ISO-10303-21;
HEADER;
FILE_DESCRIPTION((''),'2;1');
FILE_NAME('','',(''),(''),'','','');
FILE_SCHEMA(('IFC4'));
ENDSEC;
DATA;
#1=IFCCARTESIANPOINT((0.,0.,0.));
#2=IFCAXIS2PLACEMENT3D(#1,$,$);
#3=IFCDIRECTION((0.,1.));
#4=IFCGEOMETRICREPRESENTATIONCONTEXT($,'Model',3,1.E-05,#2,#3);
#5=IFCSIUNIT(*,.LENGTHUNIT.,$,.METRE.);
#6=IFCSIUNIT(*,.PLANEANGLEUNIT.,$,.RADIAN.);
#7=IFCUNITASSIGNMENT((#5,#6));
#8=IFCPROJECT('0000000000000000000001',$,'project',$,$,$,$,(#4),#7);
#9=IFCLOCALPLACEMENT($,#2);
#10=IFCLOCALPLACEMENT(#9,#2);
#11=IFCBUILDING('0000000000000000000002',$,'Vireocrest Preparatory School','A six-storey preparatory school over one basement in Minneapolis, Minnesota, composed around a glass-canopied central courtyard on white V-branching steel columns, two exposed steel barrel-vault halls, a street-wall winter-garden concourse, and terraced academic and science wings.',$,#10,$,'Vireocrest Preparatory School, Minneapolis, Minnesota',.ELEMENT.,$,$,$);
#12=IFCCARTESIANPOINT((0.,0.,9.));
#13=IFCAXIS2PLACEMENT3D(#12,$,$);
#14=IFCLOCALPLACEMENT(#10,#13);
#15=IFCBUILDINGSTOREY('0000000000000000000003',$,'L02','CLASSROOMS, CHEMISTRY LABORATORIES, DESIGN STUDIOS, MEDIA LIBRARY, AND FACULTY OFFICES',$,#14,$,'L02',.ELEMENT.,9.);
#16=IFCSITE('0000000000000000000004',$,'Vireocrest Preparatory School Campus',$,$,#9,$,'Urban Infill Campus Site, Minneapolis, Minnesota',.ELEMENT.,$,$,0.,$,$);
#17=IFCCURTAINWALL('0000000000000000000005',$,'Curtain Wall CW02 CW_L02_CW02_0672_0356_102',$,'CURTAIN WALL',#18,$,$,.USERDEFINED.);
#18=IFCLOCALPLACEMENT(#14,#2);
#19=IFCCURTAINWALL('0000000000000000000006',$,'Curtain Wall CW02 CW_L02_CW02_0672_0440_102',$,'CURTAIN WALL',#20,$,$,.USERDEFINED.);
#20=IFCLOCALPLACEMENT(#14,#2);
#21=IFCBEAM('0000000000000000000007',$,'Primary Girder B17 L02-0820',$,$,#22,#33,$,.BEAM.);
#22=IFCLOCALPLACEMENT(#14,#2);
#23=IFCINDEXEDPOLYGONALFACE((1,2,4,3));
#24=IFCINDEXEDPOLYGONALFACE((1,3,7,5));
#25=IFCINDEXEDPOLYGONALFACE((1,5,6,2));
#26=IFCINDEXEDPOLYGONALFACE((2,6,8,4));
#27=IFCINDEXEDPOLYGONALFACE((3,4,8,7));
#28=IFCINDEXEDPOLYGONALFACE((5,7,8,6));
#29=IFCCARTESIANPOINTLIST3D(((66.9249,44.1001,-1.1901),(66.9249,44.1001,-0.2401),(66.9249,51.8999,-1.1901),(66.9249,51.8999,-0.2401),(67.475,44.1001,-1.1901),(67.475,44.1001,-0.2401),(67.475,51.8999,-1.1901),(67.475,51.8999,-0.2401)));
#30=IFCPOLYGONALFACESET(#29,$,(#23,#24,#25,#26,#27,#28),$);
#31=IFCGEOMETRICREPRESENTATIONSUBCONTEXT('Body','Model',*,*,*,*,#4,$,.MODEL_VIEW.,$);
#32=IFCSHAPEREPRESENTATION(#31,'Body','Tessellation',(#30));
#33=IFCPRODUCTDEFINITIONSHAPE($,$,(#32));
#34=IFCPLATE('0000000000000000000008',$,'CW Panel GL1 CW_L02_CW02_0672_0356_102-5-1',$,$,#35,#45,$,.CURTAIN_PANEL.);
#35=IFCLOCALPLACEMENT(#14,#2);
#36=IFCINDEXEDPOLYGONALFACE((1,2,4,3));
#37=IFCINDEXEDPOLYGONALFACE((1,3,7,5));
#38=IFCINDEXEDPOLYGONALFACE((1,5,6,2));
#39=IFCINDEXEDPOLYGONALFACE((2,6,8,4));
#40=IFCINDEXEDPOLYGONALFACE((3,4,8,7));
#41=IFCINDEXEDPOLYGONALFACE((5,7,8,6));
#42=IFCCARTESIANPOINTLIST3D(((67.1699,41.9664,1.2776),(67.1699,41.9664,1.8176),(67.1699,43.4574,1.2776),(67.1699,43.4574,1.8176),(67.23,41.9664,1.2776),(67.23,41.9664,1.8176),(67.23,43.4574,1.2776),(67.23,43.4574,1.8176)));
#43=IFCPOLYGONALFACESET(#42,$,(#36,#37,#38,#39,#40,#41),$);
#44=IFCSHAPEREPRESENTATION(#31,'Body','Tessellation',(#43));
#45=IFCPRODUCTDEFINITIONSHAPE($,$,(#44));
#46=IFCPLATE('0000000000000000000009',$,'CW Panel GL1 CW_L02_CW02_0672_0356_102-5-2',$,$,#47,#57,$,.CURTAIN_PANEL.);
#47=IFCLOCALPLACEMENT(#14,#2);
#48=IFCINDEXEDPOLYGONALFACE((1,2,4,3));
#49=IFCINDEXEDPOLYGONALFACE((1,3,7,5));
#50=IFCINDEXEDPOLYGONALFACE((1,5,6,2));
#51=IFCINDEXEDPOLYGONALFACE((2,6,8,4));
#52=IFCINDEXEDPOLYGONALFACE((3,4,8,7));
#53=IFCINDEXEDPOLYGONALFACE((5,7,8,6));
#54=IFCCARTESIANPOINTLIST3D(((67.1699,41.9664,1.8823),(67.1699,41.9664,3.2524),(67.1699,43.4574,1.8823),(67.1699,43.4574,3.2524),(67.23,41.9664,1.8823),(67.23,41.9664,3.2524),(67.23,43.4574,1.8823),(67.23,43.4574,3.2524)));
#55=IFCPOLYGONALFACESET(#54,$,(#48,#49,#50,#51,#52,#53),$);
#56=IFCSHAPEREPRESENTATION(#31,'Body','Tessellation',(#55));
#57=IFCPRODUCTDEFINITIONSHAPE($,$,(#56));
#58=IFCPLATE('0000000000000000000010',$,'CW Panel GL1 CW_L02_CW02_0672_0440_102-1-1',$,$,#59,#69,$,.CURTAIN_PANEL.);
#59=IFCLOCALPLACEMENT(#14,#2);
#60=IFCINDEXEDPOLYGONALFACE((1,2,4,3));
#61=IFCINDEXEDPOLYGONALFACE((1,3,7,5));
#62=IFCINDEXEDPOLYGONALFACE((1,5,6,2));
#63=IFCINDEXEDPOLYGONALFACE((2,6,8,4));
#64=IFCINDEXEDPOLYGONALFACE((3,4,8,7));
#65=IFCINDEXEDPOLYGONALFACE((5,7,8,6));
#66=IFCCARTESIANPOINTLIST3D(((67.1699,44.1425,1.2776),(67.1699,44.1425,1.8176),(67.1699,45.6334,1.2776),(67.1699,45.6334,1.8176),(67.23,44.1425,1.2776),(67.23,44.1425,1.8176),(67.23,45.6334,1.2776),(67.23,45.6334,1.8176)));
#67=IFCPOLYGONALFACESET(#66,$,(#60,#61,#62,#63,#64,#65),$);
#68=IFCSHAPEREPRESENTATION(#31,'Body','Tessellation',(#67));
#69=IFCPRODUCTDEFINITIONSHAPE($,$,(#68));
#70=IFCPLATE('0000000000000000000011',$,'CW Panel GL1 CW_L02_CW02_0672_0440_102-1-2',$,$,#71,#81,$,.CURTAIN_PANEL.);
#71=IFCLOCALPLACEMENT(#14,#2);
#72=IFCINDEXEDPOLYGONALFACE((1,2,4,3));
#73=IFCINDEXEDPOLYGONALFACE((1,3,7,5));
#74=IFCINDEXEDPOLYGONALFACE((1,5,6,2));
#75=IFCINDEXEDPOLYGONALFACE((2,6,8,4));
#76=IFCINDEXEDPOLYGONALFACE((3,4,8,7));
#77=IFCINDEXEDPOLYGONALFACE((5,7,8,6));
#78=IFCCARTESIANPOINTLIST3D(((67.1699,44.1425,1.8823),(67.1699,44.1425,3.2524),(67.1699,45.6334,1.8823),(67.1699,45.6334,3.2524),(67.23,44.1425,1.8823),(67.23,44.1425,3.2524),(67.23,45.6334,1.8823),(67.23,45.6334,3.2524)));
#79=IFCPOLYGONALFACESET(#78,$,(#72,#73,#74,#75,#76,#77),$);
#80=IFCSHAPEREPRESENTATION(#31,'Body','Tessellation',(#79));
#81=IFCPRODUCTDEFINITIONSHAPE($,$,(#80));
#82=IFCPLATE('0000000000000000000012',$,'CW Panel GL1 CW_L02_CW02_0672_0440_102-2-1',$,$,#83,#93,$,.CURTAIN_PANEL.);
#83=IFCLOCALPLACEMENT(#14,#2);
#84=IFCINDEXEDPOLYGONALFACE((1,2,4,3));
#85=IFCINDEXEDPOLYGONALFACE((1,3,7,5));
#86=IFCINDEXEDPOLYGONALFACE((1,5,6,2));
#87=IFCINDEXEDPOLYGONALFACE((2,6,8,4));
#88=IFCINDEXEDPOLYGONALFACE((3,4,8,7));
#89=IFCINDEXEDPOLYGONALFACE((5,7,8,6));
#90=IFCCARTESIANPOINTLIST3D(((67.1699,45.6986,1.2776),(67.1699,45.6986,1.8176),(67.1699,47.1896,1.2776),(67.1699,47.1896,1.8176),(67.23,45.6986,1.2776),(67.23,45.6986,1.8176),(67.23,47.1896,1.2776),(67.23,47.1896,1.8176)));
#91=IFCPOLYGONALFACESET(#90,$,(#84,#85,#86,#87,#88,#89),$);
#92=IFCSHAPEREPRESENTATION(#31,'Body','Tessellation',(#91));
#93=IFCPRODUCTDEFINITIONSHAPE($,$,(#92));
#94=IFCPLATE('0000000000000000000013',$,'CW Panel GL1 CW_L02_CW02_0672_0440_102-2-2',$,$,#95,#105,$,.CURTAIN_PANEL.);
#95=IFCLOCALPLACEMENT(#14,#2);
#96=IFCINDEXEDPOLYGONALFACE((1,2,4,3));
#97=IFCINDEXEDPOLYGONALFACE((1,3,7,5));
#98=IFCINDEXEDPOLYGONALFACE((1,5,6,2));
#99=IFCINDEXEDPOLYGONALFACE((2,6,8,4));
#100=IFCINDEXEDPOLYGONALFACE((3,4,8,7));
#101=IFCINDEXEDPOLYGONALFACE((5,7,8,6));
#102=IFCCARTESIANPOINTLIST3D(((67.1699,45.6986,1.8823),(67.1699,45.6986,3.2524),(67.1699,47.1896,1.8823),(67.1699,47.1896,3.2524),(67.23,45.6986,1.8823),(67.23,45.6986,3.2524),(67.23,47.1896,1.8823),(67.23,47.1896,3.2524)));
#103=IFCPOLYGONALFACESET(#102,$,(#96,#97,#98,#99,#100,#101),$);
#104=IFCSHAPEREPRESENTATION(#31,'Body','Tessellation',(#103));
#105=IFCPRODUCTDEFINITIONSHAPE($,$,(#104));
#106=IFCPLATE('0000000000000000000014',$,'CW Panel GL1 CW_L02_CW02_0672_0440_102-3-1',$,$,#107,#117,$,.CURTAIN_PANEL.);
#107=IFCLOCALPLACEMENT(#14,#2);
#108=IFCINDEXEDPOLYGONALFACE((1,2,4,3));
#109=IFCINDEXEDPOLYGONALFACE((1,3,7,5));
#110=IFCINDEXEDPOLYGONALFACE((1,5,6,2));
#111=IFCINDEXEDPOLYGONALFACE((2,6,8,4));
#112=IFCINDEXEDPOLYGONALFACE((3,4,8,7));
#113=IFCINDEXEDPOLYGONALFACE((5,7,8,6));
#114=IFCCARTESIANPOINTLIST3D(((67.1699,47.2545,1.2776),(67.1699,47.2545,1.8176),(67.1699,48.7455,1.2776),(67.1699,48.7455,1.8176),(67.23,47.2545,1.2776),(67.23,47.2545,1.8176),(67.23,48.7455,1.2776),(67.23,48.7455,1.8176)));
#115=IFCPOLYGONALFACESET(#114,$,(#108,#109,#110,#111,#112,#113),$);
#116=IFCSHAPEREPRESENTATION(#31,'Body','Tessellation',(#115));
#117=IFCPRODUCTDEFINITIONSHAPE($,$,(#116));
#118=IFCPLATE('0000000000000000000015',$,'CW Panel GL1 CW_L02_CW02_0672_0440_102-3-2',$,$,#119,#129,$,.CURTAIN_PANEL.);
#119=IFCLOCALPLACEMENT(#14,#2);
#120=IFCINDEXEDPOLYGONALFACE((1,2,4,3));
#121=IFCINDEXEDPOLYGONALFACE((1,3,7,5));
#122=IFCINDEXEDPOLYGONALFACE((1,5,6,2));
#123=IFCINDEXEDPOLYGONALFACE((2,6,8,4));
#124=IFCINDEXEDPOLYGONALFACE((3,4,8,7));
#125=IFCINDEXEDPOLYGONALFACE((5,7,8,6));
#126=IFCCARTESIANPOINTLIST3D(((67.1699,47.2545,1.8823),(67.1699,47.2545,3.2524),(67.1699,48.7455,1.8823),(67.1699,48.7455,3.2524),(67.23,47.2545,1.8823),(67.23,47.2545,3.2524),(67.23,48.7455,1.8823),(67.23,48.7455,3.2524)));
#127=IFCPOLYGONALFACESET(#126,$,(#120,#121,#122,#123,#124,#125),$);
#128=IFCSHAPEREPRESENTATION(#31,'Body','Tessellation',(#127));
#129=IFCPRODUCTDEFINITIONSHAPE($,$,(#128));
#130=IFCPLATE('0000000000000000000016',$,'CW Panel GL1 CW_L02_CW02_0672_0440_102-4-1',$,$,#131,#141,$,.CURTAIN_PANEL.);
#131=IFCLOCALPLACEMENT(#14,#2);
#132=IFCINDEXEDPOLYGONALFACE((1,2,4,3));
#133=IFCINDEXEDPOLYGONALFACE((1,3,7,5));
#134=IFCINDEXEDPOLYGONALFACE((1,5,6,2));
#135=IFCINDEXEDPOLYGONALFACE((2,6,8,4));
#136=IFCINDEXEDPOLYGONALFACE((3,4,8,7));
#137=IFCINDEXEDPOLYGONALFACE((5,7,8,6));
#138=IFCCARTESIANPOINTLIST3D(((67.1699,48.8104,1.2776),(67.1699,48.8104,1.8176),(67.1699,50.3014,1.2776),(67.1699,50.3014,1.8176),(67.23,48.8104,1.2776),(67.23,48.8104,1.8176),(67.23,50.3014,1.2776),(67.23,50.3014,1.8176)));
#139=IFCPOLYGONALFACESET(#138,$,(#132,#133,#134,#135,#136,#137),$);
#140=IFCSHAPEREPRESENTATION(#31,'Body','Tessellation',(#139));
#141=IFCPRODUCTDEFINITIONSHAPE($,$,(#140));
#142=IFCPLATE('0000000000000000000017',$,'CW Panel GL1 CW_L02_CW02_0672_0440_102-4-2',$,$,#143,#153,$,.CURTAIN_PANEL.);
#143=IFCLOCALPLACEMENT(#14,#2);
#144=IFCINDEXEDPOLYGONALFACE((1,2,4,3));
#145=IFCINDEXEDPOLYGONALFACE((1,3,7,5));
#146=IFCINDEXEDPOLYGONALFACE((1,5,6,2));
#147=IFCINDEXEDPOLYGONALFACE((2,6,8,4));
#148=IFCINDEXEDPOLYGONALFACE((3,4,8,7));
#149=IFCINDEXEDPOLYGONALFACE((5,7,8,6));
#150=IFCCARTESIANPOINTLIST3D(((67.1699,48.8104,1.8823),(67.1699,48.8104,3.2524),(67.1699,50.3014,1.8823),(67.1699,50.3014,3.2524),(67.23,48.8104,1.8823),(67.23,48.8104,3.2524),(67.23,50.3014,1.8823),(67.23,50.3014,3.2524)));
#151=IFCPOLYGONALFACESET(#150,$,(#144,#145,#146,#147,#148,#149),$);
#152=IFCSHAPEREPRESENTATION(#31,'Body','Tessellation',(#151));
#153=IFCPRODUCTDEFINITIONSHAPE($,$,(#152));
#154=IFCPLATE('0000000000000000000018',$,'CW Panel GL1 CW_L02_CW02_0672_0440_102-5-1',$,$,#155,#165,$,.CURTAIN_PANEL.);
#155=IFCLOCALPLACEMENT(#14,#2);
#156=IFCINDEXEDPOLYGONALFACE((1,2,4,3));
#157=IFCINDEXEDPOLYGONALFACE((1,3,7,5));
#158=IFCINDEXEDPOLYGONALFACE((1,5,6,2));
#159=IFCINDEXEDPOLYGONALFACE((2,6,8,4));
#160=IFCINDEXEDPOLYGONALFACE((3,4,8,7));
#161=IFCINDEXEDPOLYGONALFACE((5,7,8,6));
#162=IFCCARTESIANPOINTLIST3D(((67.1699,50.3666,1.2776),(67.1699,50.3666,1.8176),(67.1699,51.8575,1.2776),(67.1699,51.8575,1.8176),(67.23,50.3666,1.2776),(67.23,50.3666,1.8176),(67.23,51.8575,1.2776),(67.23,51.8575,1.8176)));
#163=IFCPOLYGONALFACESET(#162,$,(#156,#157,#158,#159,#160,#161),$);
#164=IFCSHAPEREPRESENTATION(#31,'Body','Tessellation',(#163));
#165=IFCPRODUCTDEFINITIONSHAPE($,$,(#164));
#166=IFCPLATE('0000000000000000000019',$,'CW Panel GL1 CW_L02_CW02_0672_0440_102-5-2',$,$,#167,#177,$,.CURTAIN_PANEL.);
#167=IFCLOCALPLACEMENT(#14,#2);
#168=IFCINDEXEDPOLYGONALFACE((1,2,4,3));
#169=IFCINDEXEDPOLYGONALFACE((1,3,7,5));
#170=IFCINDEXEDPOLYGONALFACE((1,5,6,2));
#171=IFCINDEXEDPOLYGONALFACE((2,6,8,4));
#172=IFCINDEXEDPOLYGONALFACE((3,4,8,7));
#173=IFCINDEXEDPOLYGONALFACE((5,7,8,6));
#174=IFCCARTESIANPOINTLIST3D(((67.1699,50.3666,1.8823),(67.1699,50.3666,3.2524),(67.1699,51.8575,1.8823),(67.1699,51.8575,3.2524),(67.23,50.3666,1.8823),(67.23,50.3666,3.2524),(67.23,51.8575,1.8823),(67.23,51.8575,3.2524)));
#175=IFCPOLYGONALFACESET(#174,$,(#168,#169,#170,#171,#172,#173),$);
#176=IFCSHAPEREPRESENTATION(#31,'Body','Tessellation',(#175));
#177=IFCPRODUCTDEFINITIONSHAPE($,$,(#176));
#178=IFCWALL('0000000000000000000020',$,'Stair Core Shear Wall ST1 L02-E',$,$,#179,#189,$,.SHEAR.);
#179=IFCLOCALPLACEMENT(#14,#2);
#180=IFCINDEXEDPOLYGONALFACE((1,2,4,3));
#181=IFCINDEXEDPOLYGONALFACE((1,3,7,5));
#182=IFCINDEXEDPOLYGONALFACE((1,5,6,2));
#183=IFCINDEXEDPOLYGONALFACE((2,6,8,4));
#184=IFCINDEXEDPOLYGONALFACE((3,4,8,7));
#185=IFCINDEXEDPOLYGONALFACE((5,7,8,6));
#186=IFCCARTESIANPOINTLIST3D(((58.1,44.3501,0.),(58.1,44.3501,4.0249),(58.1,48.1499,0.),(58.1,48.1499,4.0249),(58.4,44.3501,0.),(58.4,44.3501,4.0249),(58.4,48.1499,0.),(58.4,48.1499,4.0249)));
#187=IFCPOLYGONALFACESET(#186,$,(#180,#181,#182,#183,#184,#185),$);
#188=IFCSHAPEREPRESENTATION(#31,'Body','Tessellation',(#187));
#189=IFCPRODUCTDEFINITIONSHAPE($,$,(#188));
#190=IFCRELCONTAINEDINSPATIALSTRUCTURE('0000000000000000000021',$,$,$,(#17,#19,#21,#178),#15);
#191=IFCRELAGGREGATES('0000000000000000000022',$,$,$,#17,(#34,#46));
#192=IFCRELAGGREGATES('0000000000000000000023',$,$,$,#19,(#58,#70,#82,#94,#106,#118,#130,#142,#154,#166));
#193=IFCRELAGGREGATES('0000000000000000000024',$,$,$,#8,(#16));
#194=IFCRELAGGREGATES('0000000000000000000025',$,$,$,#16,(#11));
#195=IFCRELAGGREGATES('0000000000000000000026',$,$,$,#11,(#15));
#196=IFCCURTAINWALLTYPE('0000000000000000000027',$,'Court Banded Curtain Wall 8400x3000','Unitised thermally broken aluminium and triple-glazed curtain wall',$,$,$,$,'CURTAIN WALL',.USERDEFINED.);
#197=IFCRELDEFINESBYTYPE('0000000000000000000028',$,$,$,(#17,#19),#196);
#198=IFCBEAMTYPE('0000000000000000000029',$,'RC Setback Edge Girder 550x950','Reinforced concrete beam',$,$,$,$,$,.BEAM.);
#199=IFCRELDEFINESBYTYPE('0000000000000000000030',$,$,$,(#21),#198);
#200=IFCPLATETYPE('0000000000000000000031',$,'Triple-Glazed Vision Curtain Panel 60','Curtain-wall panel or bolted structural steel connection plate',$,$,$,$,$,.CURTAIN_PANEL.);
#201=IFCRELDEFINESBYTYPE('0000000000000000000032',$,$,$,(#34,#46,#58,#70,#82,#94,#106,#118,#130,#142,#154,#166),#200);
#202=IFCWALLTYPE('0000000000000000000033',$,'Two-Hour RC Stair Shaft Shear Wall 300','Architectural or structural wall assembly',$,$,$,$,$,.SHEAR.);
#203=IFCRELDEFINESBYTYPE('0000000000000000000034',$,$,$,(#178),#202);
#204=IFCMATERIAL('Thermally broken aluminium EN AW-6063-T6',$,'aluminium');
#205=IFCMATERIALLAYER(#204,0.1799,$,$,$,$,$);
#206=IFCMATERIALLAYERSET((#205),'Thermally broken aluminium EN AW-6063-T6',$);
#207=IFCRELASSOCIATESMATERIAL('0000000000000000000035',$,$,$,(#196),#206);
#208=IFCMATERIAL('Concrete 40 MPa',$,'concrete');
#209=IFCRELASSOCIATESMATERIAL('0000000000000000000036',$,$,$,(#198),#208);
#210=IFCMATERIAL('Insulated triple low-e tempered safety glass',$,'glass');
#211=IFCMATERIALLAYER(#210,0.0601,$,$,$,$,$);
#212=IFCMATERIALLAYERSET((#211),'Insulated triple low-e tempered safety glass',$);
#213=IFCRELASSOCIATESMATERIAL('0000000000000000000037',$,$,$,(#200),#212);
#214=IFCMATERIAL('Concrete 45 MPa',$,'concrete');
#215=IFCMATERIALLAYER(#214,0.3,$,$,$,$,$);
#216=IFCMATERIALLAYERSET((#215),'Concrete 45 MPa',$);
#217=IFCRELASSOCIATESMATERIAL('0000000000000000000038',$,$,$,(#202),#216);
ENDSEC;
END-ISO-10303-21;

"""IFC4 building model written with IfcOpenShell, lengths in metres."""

from ifc_helpers import new_model, si_unit, direction, frame, frame_2d, origin, origin_2d, place, context, subcontext, project, spatial, rectangle, extrude, material, layer, layer_set, material_profile, profile_set, type_object, element, aggregate, save


model = new_model("IFC4")

# Units and contexts
model_context = context("Model", 3, precision=1e-05, world=origin(), true_north=direction((0.0, 1.0)))
body_context = subcontext(model_context, "Body", "Model", "MODEL_VIEW")
ifc_project = project(units=[si_unit("LENGTHUNIT", "METRE"), si_unit("PLANEANGLEUNIT", "RADIAN")], contexts=[model_context])

# Site, building, storey
site_placement = place(None, origin())
site = spatial("IfcSite", under=ifc_project, at=site_placement, Name="Vireocrest Preparatory School Campus", LongName="Urban Infill Campus Site, Minneapolis, Minnesota", CompositionType="ELEMENT", RefElevation=0.0)
building_placement = place(site_placement, origin())
building = spatial("IfcBuilding", under=site, at=building_placement, Name="Vireocrest Preparatory School", Description="A six-storey preparatory school over one basement in Minneapolis, Minnesota, composed around a glass-canopied central courtyard on white V-branching steel columns, two exposed steel barrel-vault halls, a street-wall winter-garden concourse, and terraced academic and science wings.", LongName="Vireocrest Preparatory School, Minneapolis, Minnesota", CompositionType="ELEMENT")
storey_placement = place(building_placement, frame((0.0, 0.0, 9.0)))
storey = spatial("IfcBuildingStorey", under=building, at=storey_placement, Name="L02", Description="CLASSROOMS, CHEMISTRY LABORATORIES, DESIGN STUDIOS, MEDIA LIBRARY, AND FACULTY OFFICES", LongName="L02", CompositionType="ELEMENT", Elevation=9.0)

# Shared definitions
ifc_material_1 = material(Name="Concrete 45 MPa", Category="concrete")

# Curtain wall
ifc_material_2 = material(Name="Thermally broken aluminium EN AW-6063-T6", Category="aluminium")
ifc_layer_1 = layer(ifc_material_2, 0.1799)
ifc_layer_set_1 = layer_set([ifc_layer_1], Name="Thermally broken aluminium EN AW-6063-T6")
curtain_wall_type = type_object("IfcCurtainWallType", Name="Court Banded Curtain Wall 8400x3000", Description="Unitised thermally broken aluminium and triple-glazed curtain wall", ElementType="CURTAIN WALL", PredefinedType="USERDEFINED", material=ifc_layer_set_1)
curtain_wall_1_placement = place(storey_placement, origin())
curtain_wall_1 = element("IfcCurtainWall", 1, at=curtain_wall_1_placement, inside=storey, type_object=curtain_wall_type, Name="Curtain Wall CW02 CW_L02_CW02_0672_0356_102", ObjectType="CURTAIN WALL", PredefinedType="USERDEFINED")

# Curtain wall
curtain_wall_2_placement = place(storey_placement, origin())
curtain_wall_2 = element("IfcCurtainWall", 2, at=curtain_wall_2_placement, inside=storey, type_object=curtain_wall_type, Name="Curtain Wall CW02 CW_L02_CW02_0672_0440_102", ObjectType="CURTAIN WALL", PredefinedType="USERDEFINED")

# Beam
ifc_material_3 = material(Name="Concrete 40 MPa", Category="concrete")
ifc_material_profile_1 = material_profile(ifc_material_3, rectangle(XDim=0.55, YDim=0.95, at=origin_2d()), Name="RC 550x950")
ifc_profile_set_1 = profile_set([ifc_material_profile_1], Name="Concrete 40 MPa")
beam_type_1 = type_object("IfcBeamType", Name="RC Setback Edge Girder 550x950", Description="Reinforced concrete beam", PredefinedType="BEAM", material=ifc_profile_set_1)
beam_1_placement = place(storey_placement, frame((67.2, 44.1001, -0.7151), z_axis=(0.0, 1.0, 0.0), x_axis=(-1.0, 0.0, 0.0)))
element("IfcBeam", 3, at=beam_1_placement, inside=storey, type_object=beam_type_1, Name="Primary Girder B17 L02-0820", PredefinedType="BEAM", context=body_context, shape_type="SweptSolid", body=[
    extrude(rectangle(XDim=0.55, YDim=0.95, at=origin_2d()), origin(), (0.0, 0.0, 1.0), 7.7998),
])

# Plates
ifc_material_4 = material(Name="Insulated triple low-e tempered safety glass", Category="glass")
ifc_layer_2 = layer(ifc_material_4, 0.0601)
ifc_layer_set_2 = layer_set([ifc_layer_2], Name="Insulated triple low-e tempered safety glass")
plate_type = type_object("IfcPlateType", Name="Triple-Glazed Vision Curtain Panel 60", Description="Curtain-wall panel or bolted structural steel connection plate", PredefinedType="CURTAIN_PANEL", material=ifc_layer_set_2)
plate_1_placement = place(storey_placement, frame((67.2, 42.7119, 1.2776), z_axis=(0.0, 0.0, 1.0), x_axis=(0.0, 1.0, 0.0)))
plate_1 = element("IfcPlate", 4, at=plate_1_placement, type_object=plate_type, Name="CW Panel GL1 CW_L02_CW02_0672_0356_102-5-1", PredefinedType="CURTAIN_PANEL", context=body_context, shape_type="SweptSolid", body=[
    extrude(rectangle(XDim=1.491, YDim=0.0601, at=origin_2d()), origin(), (0.0, 0.0, 1.0), 0.54),
])
plate_2_placement = place(storey_placement, frame((67.2, 42.7119, 1.8823), z_axis=(0.0, 0.0, 1.0), x_axis=(0.0, 1.0, 0.0)))
plate_2 = element("IfcPlate", 5, at=plate_2_placement, type_object=plate_type, Name="CW Panel GL1 CW_L02_CW02_0672_0356_102-5-2", PredefinedType="CURTAIN_PANEL", context=body_context, shape_type="SweptSolid", body=[
    extrude(rectangle(XDim=1.491, YDim=0.0601, at=origin_2d()), origin(), (0.0, 0.0, 1.0), 1.3701),
])
aggregate(curtain_wall_1, [plate_1, plate_2])
plate_3_placement = place(storey_placement, frame((67.2, 44.8879, 1.2776), z_axis=(0.0, 0.0, 1.0), x_axis=(0.0, 1.0, 0.0)))
plate_3 = element("IfcPlate", 6, at=plate_3_placement, type_object=plate_type, Name="CW Panel GL1 CW_L02_CW02_0672_0440_102-1-1", PredefinedType="CURTAIN_PANEL", context=body_context, shape_type="SweptSolid", body=[
    extrude(rectangle(XDim=1.491, YDim=0.0601, at=origin_2d()), origin(), (0.0, 0.0, 1.0), 0.54),
])
plate_4_placement = place(storey_placement, frame((67.2, 44.8879, 1.8823), z_axis=(0.0, 0.0, 1.0), x_axis=(0.0, 1.0, 0.0)))
plate_4 = element("IfcPlate", 7, at=plate_4_placement, type_object=plate_type, Name="CW Panel GL1 CW_L02_CW02_0672_0440_102-1-2", PredefinedType="CURTAIN_PANEL", context=body_context, shape_type="SweptSolid", body=[
    extrude(rectangle(XDim=1.491, YDim=0.0601, at=origin_2d()), origin(), (0.0, 0.0, 1.0), 1.3701),
])
plate_5_placement = place(storey_placement, frame((67.2, 46.4441, 1.2776), z_axis=(0.0, 0.0, 1.0), x_axis=(0.0, 1.0, 0.0)))
plate_5 = element("IfcPlate", 8, at=plate_5_placement, type_object=plate_type, Name="CW Panel GL1 CW_L02_CW02_0672_0440_102-2-1", PredefinedType="CURTAIN_PANEL", context=body_context, shape_type="SweptSolid", body=[
    extrude(rectangle(XDim=1.491, YDim=0.0601, at=origin_2d()), origin(), (0.0, 0.0, 1.0), 0.54),
])
plate_6_placement = place(storey_placement, frame((67.2, 46.4441, 1.8823), z_axis=(0.0, 0.0, 1.0), x_axis=(0.0, 1.0, 0.0)))
plate_6 = element("IfcPlate", 9, at=plate_6_placement, type_object=plate_type, Name="CW Panel GL1 CW_L02_CW02_0672_0440_102-2-2", PredefinedType="CURTAIN_PANEL", context=body_context, shape_type="SweptSolid", body=[
    extrude(rectangle(XDim=1.491, YDim=0.0601, at=origin_2d()), origin(), (0.0, 0.0, 1.0), 1.3701),
])
plate_7_placement = place(storey_placement, frame((67.2, 48.0, 1.2776), z_axis=(0.0, 0.0, 1.0), x_axis=(0.0, 1.0, 0.0)))
plate_7 = element("IfcPlate", 10, at=plate_7_placement, type_object=plate_type, Name="CW Panel GL1 CW_L02_CW02_0672_0440_102-3-1", PredefinedType="CURTAIN_PANEL", context=body_context, shape_type="SweptSolid", body=[
    extrude(rectangle(XDim=1.491, YDim=0.0601, at=origin_2d()), origin(), (0.0, 0.0, 1.0), 0.54),
])
plate_8_placement = place(storey_placement, frame((67.2, 48.0, 1.8823), z_axis=(0.0, 0.0, 1.0), x_axis=(0.0, 1.0, 0.0)))
plate_8 = element("IfcPlate", 11, at=plate_8_placement, type_object=plate_type, Name="CW Panel GL1 CW_L02_CW02_0672_0440_102-3-2", PredefinedType="CURTAIN_PANEL", context=body_context, shape_type="SweptSolid", body=[
    extrude(rectangle(XDim=1.491, YDim=0.0601, at=origin_2d()), origin(), (0.0, 0.0, 1.0), 1.3701),
])
plate_9_placement = place(storey_placement, frame((67.2, 49.5559, 1.2776), z_axis=(0.0, 0.0, 1.0), x_axis=(0.0, 1.0, 0.0)))
plate_9 = element("IfcPlate", 12, at=plate_9_placement, type_object=plate_type, Name="CW Panel GL1 CW_L02_CW02_0672_0440_102-4-1", PredefinedType="CURTAIN_PANEL", context=body_context, shape_type="SweptSolid", body=[
    extrude(rectangle(XDim=1.491, YDim=0.0601, at=origin_2d()), origin(), (0.0, 0.0, 1.0), 0.54),
])
plate_10_placement = place(storey_placement, frame((67.2, 49.5559, 1.8823), z_axis=(0.0, 0.0, 1.0), x_axis=(0.0, 1.0, 0.0)))
plate_10 = element("IfcPlate", 13, at=plate_10_placement, type_object=plate_type, Name="CW Panel GL1 CW_L02_CW02_0672_0440_102-4-2", PredefinedType="CURTAIN_PANEL", context=body_context, shape_type="SweptSolid", body=[
    extrude(rectangle(XDim=1.491, YDim=0.0601, at=origin_2d()), origin(), (0.0, 0.0, 1.0), 1.3701),
])
plate_11_placement = place(storey_placement, frame((67.2, 51.1121, 1.2776), z_axis=(0.0, 0.0, 1.0), x_axis=(0.0, 1.0, 0.0)))
plate_11 = element("IfcPlate", 14, at=plate_11_placement, type_object=plate_type, Name="CW Panel GL1 CW_L02_CW02_0672_0440_102-5-1", PredefinedType="CURTAIN_PANEL", context=body_context, shape_type="SweptSolid", body=[
    extrude(rectangle(XDim=1.491, YDim=0.0601, at=origin_2d()), origin(), (0.0, 0.0, 1.0), 0.54),
])
plate_12_placement = place(storey_placement, frame((67.2, 51.1121, 1.8823), z_axis=(0.0, 0.0, 1.0), x_axis=(0.0, 1.0, 0.0)))
plate_12 = element("IfcPlate", 15, at=plate_12_placement, type_object=plate_type, Name="CW Panel GL1 CW_L02_CW02_0672_0440_102-5-2", PredefinedType="CURTAIN_PANEL", context=body_context, shape_type="SweptSolid", body=[
    extrude(rectangle(XDim=1.491, YDim=0.0601, at=origin_2d()), origin(), (0.0, 0.0, 1.0), 1.3701),
])
aggregate(curtain_wall_2, [plate_3, plate_4, plate_5, plate_6, plate_7, plate_8, plate_9, plate_10, plate_11, plate_12])

# Wall
ifc_layer_3 = layer(ifc_material_1, 0.3)
ifc_layer_set_3 = layer_set([ifc_layer_3], Name="Concrete 45 MPa")
wall_type_1 = type_object("IfcWallType", Name="Two-Hour RC Stair Shaft Shear Wall 300", Description="Architectural or structural wall assembly", PredefinedType="SHEAR", material=ifc_layer_set_3)
wall_1_placement = place(storey_placement, frame((58.25, 44.3501, 0.0), z_axis=(0.0, 0.0, 1.0), x_axis=(0.0, 1.0, 0.0)))
element("IfcWall", 16, at=wall_1_placement, inside=storey, type_object=wall_type_1, Name="Stair Core Shear Wall ST1 L02-E", PredefinedType="SHEAR", context=body_context, shape_type="SweptSolid", body=[
    extrude(rectangle(XDim=3.7998, YDim=0.3, at=frame_2d((1.8999, 0.0))), origin(), (0.0, 0.0, 1.0), 4.0249),
])

save(model, "model.ifc")
